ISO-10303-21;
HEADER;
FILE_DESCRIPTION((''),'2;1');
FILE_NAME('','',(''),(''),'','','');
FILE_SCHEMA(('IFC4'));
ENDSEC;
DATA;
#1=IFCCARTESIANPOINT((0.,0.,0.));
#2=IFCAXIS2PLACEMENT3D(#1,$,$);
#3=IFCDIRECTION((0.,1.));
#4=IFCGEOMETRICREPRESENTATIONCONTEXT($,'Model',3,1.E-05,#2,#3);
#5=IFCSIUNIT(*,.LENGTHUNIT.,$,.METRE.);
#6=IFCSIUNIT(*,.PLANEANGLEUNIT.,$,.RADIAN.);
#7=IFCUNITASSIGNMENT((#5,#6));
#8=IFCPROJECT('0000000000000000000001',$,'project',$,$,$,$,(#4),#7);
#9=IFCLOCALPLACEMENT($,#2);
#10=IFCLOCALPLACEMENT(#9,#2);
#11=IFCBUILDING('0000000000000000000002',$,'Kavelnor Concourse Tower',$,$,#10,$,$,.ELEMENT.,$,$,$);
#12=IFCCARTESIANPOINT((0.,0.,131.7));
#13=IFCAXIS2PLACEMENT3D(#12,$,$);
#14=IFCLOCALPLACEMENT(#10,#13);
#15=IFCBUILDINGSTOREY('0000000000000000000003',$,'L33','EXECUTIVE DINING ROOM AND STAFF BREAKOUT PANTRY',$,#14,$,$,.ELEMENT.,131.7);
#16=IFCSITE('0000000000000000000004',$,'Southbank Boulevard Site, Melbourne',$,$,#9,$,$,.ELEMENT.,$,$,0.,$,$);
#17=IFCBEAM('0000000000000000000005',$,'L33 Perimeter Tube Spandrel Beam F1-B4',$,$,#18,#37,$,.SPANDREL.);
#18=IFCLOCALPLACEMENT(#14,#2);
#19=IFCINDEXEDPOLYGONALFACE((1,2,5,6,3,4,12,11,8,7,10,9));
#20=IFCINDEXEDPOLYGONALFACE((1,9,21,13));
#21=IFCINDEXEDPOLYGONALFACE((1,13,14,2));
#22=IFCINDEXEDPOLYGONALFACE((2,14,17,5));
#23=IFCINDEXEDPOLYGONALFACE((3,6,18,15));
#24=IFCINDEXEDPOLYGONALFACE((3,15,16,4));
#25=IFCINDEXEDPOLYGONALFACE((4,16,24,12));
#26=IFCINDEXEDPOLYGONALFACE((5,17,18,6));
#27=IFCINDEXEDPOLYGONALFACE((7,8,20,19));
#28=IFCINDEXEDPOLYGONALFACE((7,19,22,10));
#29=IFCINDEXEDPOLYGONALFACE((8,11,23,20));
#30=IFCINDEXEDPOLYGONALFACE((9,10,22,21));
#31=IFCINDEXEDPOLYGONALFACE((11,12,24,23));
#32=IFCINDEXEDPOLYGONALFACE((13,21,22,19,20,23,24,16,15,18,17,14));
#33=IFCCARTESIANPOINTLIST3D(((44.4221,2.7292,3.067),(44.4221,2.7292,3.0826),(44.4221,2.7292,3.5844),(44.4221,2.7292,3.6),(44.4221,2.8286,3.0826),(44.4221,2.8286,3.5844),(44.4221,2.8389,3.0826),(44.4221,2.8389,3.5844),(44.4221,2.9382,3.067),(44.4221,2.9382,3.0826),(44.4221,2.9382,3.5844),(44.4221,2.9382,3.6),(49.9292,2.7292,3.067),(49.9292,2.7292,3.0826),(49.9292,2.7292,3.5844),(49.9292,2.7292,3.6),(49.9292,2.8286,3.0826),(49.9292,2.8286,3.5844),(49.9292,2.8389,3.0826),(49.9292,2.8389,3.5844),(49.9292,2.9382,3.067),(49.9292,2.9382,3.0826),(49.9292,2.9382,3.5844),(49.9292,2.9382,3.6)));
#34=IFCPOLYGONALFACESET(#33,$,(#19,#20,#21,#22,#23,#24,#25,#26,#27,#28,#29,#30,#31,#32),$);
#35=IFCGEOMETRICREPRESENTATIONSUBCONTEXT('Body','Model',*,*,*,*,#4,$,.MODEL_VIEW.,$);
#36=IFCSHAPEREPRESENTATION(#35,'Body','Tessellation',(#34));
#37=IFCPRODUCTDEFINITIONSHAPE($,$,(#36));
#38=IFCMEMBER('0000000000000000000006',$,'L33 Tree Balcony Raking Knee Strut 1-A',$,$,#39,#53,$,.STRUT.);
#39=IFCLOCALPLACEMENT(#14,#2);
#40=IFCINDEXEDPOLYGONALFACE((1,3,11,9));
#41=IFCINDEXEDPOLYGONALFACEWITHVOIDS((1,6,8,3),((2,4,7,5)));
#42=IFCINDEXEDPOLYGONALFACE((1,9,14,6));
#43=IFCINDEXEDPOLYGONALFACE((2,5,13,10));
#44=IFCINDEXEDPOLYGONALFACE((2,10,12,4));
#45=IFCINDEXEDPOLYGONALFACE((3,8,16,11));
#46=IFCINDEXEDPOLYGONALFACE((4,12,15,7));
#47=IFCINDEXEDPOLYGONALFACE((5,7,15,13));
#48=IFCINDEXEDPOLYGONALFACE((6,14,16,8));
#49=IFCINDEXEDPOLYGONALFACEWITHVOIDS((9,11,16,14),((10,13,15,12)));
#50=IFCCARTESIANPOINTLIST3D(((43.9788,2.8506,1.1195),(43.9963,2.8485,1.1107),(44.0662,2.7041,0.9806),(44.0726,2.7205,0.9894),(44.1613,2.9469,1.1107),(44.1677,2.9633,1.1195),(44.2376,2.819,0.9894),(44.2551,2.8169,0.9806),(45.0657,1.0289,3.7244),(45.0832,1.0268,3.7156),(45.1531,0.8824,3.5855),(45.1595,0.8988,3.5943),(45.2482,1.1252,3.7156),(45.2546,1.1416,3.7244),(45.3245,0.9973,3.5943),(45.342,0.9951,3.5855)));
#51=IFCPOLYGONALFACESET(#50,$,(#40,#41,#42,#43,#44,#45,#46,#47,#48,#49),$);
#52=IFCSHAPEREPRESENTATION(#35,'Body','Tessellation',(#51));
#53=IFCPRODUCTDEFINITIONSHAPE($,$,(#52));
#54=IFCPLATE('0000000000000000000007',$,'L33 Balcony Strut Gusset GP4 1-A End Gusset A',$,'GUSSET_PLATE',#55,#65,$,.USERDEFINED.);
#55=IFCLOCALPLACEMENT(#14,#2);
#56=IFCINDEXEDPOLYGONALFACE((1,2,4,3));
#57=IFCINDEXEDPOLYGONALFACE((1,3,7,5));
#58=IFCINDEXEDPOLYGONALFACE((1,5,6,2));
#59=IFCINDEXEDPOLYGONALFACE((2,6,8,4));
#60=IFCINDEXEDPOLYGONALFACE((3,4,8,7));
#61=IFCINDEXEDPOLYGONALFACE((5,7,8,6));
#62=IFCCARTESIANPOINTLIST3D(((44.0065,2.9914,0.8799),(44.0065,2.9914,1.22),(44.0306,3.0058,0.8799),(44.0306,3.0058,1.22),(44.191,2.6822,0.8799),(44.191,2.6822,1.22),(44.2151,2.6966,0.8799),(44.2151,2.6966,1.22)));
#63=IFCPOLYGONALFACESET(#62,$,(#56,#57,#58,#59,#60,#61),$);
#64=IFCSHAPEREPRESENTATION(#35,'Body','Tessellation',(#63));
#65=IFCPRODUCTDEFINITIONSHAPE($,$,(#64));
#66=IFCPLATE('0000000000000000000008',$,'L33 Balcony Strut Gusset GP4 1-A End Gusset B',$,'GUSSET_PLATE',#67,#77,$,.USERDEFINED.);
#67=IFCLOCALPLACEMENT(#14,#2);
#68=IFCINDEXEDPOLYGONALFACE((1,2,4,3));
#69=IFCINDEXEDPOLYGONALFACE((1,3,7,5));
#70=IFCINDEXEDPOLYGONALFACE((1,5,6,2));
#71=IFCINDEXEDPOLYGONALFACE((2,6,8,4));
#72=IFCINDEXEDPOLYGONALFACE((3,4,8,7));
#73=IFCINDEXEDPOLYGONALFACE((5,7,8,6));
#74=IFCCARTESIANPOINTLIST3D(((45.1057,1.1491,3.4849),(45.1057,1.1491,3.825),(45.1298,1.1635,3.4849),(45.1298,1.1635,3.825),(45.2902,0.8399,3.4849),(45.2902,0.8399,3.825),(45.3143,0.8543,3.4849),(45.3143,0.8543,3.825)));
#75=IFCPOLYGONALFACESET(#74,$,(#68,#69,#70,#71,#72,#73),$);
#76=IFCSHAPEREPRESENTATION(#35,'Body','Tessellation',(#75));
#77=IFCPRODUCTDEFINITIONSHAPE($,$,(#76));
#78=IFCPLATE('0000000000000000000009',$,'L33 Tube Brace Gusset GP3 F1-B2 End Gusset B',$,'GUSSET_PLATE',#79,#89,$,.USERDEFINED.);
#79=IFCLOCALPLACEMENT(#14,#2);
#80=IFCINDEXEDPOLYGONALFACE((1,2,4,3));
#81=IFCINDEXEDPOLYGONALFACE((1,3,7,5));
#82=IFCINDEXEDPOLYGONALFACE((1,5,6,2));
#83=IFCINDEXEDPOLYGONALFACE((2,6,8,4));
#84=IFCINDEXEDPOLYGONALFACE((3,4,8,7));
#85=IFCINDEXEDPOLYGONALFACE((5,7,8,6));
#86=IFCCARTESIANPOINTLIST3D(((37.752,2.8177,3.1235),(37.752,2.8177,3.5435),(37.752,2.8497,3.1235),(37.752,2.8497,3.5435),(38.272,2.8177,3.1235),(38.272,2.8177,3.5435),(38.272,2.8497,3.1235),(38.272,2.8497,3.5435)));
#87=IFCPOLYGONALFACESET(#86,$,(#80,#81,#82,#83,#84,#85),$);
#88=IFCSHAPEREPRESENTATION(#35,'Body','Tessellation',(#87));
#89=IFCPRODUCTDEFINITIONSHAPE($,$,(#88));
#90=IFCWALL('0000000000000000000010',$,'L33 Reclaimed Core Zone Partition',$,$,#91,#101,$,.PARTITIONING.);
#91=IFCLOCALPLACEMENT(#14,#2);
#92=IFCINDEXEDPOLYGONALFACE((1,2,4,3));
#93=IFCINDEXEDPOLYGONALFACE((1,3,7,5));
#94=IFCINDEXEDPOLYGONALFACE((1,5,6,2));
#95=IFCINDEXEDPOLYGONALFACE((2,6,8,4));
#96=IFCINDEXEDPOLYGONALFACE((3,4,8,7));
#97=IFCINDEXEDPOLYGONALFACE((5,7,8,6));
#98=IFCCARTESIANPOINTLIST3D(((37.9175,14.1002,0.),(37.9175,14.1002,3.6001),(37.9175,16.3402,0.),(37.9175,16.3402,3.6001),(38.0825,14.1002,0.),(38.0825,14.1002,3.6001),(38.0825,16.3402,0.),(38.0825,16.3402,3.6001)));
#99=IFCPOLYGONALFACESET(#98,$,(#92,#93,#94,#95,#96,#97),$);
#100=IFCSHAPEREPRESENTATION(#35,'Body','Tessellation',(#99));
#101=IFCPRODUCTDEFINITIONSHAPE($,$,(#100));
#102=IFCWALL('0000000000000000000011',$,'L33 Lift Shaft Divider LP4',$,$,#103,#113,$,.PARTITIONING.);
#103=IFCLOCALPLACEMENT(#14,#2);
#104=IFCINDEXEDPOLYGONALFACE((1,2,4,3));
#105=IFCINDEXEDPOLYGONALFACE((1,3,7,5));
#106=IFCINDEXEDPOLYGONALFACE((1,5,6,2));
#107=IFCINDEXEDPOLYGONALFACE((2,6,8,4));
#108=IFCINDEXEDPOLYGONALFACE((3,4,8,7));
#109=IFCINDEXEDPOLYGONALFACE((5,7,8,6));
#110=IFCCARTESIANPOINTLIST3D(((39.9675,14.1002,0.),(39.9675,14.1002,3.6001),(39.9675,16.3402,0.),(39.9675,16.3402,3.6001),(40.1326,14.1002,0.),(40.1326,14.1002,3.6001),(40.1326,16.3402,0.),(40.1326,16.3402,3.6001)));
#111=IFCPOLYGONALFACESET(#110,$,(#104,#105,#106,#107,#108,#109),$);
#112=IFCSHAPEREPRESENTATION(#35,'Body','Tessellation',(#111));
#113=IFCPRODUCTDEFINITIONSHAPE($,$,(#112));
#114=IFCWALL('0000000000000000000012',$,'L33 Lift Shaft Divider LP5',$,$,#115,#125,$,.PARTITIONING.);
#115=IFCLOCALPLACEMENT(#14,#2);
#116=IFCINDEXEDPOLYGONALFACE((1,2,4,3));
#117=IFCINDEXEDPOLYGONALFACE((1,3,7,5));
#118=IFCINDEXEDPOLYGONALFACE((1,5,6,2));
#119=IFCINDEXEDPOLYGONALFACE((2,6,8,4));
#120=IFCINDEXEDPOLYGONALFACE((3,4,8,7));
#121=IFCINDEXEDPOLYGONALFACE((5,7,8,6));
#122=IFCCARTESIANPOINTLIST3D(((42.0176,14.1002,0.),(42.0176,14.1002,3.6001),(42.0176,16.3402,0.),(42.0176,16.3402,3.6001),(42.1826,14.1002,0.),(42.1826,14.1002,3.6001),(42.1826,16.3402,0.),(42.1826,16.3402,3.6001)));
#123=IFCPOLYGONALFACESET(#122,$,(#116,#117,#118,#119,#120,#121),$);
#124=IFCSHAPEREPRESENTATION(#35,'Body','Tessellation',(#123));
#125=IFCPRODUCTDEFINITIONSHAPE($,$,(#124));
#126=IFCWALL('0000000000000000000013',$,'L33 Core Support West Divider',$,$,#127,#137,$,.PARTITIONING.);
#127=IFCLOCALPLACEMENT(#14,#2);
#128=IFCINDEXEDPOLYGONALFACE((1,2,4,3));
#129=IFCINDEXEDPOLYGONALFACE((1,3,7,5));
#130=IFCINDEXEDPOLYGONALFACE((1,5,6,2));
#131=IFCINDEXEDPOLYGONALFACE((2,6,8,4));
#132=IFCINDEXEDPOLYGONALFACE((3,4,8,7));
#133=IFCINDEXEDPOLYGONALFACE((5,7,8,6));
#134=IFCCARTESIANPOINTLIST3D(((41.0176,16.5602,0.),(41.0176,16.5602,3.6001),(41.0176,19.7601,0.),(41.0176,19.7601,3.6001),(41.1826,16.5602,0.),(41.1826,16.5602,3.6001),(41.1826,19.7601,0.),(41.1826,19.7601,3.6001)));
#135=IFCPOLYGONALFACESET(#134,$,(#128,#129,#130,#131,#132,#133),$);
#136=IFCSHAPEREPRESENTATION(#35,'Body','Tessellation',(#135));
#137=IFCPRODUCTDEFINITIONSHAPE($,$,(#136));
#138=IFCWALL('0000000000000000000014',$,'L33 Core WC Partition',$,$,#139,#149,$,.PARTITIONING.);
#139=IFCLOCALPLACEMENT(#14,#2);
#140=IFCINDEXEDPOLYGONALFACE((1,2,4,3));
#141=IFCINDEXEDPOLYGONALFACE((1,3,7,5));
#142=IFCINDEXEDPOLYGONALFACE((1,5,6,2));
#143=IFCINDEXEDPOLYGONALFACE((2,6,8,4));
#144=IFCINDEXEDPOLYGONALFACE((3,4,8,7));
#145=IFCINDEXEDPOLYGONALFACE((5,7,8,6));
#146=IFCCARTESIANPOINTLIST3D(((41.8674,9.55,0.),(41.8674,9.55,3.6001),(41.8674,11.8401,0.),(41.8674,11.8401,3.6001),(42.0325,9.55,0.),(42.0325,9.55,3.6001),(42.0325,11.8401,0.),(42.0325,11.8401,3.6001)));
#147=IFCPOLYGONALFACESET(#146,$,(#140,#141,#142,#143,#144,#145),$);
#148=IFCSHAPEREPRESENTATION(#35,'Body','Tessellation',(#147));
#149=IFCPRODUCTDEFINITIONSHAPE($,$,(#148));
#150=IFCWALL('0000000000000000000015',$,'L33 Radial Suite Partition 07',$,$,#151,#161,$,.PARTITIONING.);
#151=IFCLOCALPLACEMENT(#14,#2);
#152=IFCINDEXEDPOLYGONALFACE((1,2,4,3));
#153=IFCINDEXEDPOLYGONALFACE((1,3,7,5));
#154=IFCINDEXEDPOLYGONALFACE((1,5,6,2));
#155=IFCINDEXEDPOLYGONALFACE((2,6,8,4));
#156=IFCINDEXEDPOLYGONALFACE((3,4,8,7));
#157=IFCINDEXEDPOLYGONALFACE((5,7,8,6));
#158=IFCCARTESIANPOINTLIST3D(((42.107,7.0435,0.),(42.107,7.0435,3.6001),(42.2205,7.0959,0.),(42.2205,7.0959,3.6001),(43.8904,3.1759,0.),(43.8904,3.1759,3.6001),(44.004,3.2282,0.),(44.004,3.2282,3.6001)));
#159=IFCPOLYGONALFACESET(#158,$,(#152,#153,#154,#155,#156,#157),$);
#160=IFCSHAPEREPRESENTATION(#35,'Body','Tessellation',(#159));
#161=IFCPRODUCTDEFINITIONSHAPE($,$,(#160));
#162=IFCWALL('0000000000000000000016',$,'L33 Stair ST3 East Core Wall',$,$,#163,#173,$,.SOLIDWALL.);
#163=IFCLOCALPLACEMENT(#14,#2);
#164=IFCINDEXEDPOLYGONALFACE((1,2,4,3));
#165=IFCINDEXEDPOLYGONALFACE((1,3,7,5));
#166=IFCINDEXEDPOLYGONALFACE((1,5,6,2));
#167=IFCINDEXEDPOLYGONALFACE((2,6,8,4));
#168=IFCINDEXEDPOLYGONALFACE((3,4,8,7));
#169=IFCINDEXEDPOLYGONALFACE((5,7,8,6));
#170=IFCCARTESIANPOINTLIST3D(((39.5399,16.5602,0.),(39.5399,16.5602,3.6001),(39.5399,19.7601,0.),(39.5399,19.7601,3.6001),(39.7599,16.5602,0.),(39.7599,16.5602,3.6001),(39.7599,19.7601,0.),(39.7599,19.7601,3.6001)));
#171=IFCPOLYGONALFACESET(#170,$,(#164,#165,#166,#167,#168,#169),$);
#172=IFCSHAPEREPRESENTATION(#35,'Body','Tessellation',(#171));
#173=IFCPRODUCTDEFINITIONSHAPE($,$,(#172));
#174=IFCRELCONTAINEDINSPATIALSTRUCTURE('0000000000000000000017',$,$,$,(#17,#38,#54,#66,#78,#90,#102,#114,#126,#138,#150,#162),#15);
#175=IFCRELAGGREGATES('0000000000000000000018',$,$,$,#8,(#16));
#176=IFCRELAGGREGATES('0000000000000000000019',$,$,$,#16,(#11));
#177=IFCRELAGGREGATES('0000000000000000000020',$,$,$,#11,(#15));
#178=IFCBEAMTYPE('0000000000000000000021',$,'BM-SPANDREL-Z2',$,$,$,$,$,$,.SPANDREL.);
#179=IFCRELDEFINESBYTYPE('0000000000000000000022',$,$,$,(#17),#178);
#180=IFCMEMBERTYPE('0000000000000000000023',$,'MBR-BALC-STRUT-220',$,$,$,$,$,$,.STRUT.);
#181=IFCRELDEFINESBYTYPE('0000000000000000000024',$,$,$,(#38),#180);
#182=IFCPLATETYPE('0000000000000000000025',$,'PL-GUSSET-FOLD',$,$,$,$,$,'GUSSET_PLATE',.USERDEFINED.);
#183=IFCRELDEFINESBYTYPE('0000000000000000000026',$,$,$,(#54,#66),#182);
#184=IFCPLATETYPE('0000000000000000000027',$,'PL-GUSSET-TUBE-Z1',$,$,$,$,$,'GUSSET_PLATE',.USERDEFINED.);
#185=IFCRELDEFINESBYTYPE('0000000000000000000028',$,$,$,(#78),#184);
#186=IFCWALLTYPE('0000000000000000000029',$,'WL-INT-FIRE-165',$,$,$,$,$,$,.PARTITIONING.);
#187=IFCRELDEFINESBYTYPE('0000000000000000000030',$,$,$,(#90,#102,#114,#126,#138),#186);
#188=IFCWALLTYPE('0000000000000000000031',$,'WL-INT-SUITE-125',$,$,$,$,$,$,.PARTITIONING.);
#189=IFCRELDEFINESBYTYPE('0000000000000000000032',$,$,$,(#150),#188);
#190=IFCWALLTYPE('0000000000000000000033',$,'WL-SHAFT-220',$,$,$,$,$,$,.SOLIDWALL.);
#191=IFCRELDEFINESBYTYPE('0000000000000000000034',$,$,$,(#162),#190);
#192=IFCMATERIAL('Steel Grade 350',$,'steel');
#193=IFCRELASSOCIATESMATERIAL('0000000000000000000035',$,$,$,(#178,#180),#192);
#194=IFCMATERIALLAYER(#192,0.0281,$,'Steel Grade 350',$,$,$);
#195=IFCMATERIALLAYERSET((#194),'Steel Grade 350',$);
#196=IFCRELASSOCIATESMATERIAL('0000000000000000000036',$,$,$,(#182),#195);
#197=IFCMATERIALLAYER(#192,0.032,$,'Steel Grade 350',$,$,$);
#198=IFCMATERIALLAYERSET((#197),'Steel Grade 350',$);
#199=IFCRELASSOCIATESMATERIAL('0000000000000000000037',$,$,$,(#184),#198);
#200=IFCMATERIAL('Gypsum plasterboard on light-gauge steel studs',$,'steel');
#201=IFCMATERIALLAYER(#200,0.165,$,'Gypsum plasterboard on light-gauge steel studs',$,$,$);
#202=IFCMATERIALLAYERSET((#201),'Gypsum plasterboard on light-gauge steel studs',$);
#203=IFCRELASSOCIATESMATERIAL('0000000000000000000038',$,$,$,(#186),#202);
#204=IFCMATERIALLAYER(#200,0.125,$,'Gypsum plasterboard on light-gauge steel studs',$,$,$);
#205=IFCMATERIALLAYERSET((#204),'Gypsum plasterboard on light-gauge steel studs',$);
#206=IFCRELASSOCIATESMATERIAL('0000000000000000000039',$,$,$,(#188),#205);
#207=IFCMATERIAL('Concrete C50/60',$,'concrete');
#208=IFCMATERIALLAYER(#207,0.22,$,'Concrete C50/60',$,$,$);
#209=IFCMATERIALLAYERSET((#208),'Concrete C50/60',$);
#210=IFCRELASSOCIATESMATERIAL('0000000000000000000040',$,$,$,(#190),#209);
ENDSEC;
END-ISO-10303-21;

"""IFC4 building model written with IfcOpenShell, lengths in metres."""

from ifc_helpers import new_model, si_unit, direction, frame, frame_2d, origin, origin_2d, place, context, subcontext, project, spatial, rectangle, hollow_rectangle, i_section, extrude, material, layer, layer_set, material_profile, profile_set, type_object, element, save


model = new_model("IFC4")

# Units and contexts
model_context = context("Model", 3, precision=1e-05, world=origin(), true_north=direction((0.0, 1.0)))
body_context = subcontext(model_context, "Body", "Model", "MODEL_VIEW")
ifc_project = project(units=[si_unit("LENGTHUNIT", "METRE"), si_unit("PLANEANGLEUNIT", "RADIAN")], contexts=[model_context])

# Site, building, storey
site_placement = place(None, origin())
site = spatial("IfcSite", under=ifc_project, at=site_placement, Name="Southbank Boulevard Site, Melbourne", CompositionType="ELEMENT", RefElevation=0.0)
building_placement = place(site_placement, origin())
building = spatial("IfcBuilding", under=site, at=building_placement, Name="Kavelnor Concourse Tower", CompositionType="ELEMENT")
storey_placement = place(building_placement, frame((0.0, 0.0, 131.7)))
storey = spatial("IfcBuildingStorey", under=building, at=storey_placement, Name="L33", Description="EXECUTIVE DINING ROOM AND STAFF BREAKOUT PANTRY", CompositionType="ELEMENT", Elevation=131.7)

# Shared definitions
ifc_material_1 = material(Name="Steel Grade 350", Category="steel")

# Beam
ifc_material_profile_1 = material_profile(ifc_material_1, i_section(OverallWidth=0.209, OverallDepth=0.533, WebThickness=0.0103, FlangeThickness=0.0156, at=origin_2d()), Name="530UB92")
ifc_profile_set_1 = profile_set([ifc_material_profile_1], Name="Steel Grade 350")
beam_type_1 = type_object("IfcBeamType", Name="BM-SPANDREL-Z2", PredefinedType="SPANDREL", material=ifc_profile_set_1)
for number, where, z_axis, x_axis, name in (
    (1, (44.4221, 2.8337, 3.3335), (1.0, 0.0, 0.0), (0.0, 1.0, 0.0), "L33 Perimeter Tube Spandrel Beam F1-B4"),
):
    element("IfcBeam", number, at=place(storey_placement, frame(where, z_axis=z_axis, x_axis=x_axis)), inside=storey, type_object=beam_type_1, Name=name, PredefinedType="SPANDREL", context=body_context, shape_type="SweptSolid", body=[
        extrude(i_section(OverallWidth=0.209, OverallDepth=0.533, WebThickness=0.0103, FlangeThickness=0.0156, at=origin_2d()), origin(), (0.0, 0.0, 1.0), 5.5071),
    ])

# Member
ifc_material_profile_2 = material_profile(ifc_material_1, hollow_rectangle(XDim=0.22, YDim=0.22, WallThickness=0.0139, at=origin_2d()), Name="SHS 220x220x14")
ifc_profile_set_2 = profile_set([ifc_material_profile_2], Name="Steel Grade 350")
member_type = type_object("IfcMemberType", Name="MBR-BALC-STRUT-220", PredefinedType="STRUT", material=ifc_profile_set_2)
member_placement = place(storey_placement, frame((44.1169, 2.8337, 1.05), z_axis=(0.323535, -0.542278, 0.775409), x_axis=(0.85877, 0.512362, 0.0)))
element("IfcMember", 2, at=member_placement, inside=storey, type_object=member_type, Name="L33 Tree Balcony Raking Knee Strut 1-A", PredefinedType="STRUT", context=body_context, shape_type="SweptSolid", body=[
    extrude(hollow_rectangle(XDim=0.22, YDim=0.22, WallThickness=0.0139, at=origin_2d()), origin(), (0.0, 0.0, 1.0), 3.3594),
])

# Plates
ifc_layer_1 = layer(ifc_material_1, 0.0281, Name="Steel Grade 350")
ifc_layer_set_1 = layer_set([ifc_layer_1], Name="Steel Grade 350")
plate_type_1 = type_object("IfcPlateType", Name="PL-GUSSET-FOLD", ElementType="GUSSET_PLATE", PredefinedType="USERDEFINED", material=ifc_layer_set_1)
for number, where, z_axis, x_axis, name in (
    (3, (44.1108, 2.844, 0.8799), (0.0, 0.0, 1.0), (0.512343, -0.858781, 0.0), "L33 Balcony Strut Gusset GP4 1-A End Gusset A"),
    (4, (45.21, 1.0017, 3.4849), (0.0, 0.0, 1.0), (0.512343, -0.858781, 0.0), "L33 Balcony Strut Gusset GP4 1-A End Gusset B"),
):
    element("IfcPlate", number, at=place(storey_placement, frame(where, z_axis=z_axis, x_axis=x_axis)), inside=storey, type_object=plate_type_1, Name=name, ObjectType="GUSSET_PLATE", PredefinedType="USERDEFINED", context=body_context, shape_type="SweptSolid", body=[
        extrude(rectangle(XDim=0.3601, YDim=0.0281, at=origin_2d()), origin(), (0.0, 0.0, 1.0), 0.3401),
    ])
ifc_layer_2 = layer(ifc_material_1, 0.032, Name="Steel Grade 350")
ifc_layer_set_2 = layer_set([ifc_layer_2], Name="Steel Grade 350")
plate_type_2 = type_object("IfcPlateType", Name="PL-GUSSET-TUBE-Z1", ElementType="GUSSET_PLATE", PredefinedType="USERDEFINED", material=ifc_layer_set_2)
plate_placement = place(storey_placement, frame((38.012, 2.8337, 3.1235), z_axis=(0.0, 0.0, 1.0), x_axis=(1.0, 0.0, 0.0)))
element("IfcPlate", 5, at=plate_placement, inside=storey, type_object=plate_type_2, Name="L33 Tube Brace Gusset GP3 F1-B2 End Gusset B", ObjectType="GUSSET_PLATE", PredefinedType="USERDEFINED", context=body_context, shape_type="SweptSolid", body=[
    extrude(rectangle(XDim=0.52, YDim=0.032, at=origin_2d()), origin(), (0.0, 0.0, 1.0), 0.4199),
])

# Walls
ifc_material_2 = material(Name="Gypsum plasterboard on light-gauge steel studs", Category="steel")
ifc_layer_3 = layer(ifc_material_2, 0.165, Name="Gypsum plasterboard on light-gauge steel studs")
ifc_layer_set_3 = layer_set([ifc_layer_3], Name="Gypsum plasterboard on light-gauge steel studs")
wall_type_1 = type_object("IfcWallType", Name="WL-INT-FIRE-165", PredefinedType="PARTITIONING", material=ifc_layer_set_3)
for number, where, z_axis, x_axis, name in (
    (6, (38.0, 14.1001, 0.0), (0.0, 0.0, 1.0), (0.0, 1.0, 0.0), "L33 Reclaimed Core Zone Partition"),
    (7, (40.05, 14.1001, 0.0), (0.0, 0.0, 1.0), (0.0, 1.0, 0.0), "L33 Lift Shaft Divider LP4"),
    (8, (42.1001, 14.1001, 0.0), (0.0, 0.0, 1.0), (0.0, 1.0, 0.0), "L33 Lift Shaft Divider LP5"),
):
    element("IfcWall", number, at=place(storey_placement, frame(where, z_axis=z_axis, x_axis=x_axis)), inside=storey, type_object=wall_type_1, Name=name, PredefinedType="PARTITIONING", context=body_context, shape_type="SweptSolid", body=[
        extrude(rectangle(XDim=2.24, YDim=0.165, at=frame_2d((1.1201, 0.0))), origin(), (0.0, 0.0, 1.0), 3.6001),
    ])
wall_1_placement = place(storey_placement, frame((41.1001, 16.5601, 0.0), z_axis=(0.0, 0.0, 1.0), x_axis=(0.0, 1.0, 0.0)))
element("IfcWall", 9, at=wall_1_placement, inside=storey, type_object=wall_type_1, Name="L33 Core Support West Divider", PredefinedType="PARTITIONING", context=body_context, shape_type="SweptSolid", body=[
    extrude(rectangle(XDim=3.2, YDim=0.165, at=frame_2d((1.6001, 0.0))), origin(), (0.0, 0.0, 1.0), 3.6001),
])
wall_2_placement = place(storey_placement, frame((41.95, 9.55, 0.0), z_axis=(0.0, 0.0, 1.0), x_axis=(0.0, 1.0, 0.0)))
element("IfcWall", 10, at=wall_2_placement, inside=storey, type_object=wall_type_1, Name="L33 Core WC Partition", PredefinedType="PARTITIONING", context=body_context, shape_type="SweptSolid", body=[
    extrude(rectangle(XDim=2.29, YDim=0.165, at=frame_2d((1.145, 0.0))), origin(), (0.0, 0.0, 1.0), 3.6001),
])
ifc_layer_4 = layer(ifc_material_2, 0.125, Name="Gypsum plasterboard on light-gauge steel studs")
ifc_layer_set_4 = layer_set([ifc_layer_4], Name="Gypsum plasterboard on light-gauge steel studs")
wall_type_2 = type_object("IfcWallType", Name="WL-INT-SUITE-125", PredefinedType="PARTITIONING", material=ifc_layer_set_4)
wall_3_placement = place(storey_placement, frame((42.1638, 7.0696, 0.0), z_axis=(0.0, 0.0, 1.0), x_axis=(0.418742, -0.908105, 0.0)))
element("IfcWall", 11, at=wall_3_placement, inside=storey, type_object=wall_type_2, Name="L33 Radial Suite Partition 07", PredefinedType="PARTITIONING", context=body_context, shape_type="SweptSolid", body=[
    extrude(rectangle(XDim=4.259, YDim=0.125, at=frame_2d((2.1294, 0.0))), origin(), (0.0, 0.0, 1.0), 3.6001),
])
ifc_material_3 = material(Name="Concrete C50/60", Category="concrete")
ifc_layer_5 = layer(ifc_material_3, 0.22, Name="Concrete C50/60")
ifc_layer_set_5 = layer_set([ifc_layer_5], Name="Concrete C50/60")
wall_type_3 = type_object("IfcWallType", Name="WL-SHAFT-220", PredefinedType="SOLIDWALL", material=ifc_layer_set_5)
wall_4_placement = place(storey_placement, frame((39.6499, 16.5601, 0.0), z_axis=(0.0, 0.0, 1.0), x_axis=(0.0, 1.0, 0.0)))
element("IfcWall", 12, at=wall_4_placement, inside=storey, type_object=wall_type_3, Name="L33 Stair ST3 East Core Wall", PredefinedType="SOLIDWALL", context=body_context, shape_type="SweptSolid", body=[
    extrude(rectangle(XDim=3.2, YDim=0.22, at=frame_2d((1.6001, 0.0))), origin(), (0.0, 0.0, 1.0), 3.6001),
])

save(model, "model.ifc")
